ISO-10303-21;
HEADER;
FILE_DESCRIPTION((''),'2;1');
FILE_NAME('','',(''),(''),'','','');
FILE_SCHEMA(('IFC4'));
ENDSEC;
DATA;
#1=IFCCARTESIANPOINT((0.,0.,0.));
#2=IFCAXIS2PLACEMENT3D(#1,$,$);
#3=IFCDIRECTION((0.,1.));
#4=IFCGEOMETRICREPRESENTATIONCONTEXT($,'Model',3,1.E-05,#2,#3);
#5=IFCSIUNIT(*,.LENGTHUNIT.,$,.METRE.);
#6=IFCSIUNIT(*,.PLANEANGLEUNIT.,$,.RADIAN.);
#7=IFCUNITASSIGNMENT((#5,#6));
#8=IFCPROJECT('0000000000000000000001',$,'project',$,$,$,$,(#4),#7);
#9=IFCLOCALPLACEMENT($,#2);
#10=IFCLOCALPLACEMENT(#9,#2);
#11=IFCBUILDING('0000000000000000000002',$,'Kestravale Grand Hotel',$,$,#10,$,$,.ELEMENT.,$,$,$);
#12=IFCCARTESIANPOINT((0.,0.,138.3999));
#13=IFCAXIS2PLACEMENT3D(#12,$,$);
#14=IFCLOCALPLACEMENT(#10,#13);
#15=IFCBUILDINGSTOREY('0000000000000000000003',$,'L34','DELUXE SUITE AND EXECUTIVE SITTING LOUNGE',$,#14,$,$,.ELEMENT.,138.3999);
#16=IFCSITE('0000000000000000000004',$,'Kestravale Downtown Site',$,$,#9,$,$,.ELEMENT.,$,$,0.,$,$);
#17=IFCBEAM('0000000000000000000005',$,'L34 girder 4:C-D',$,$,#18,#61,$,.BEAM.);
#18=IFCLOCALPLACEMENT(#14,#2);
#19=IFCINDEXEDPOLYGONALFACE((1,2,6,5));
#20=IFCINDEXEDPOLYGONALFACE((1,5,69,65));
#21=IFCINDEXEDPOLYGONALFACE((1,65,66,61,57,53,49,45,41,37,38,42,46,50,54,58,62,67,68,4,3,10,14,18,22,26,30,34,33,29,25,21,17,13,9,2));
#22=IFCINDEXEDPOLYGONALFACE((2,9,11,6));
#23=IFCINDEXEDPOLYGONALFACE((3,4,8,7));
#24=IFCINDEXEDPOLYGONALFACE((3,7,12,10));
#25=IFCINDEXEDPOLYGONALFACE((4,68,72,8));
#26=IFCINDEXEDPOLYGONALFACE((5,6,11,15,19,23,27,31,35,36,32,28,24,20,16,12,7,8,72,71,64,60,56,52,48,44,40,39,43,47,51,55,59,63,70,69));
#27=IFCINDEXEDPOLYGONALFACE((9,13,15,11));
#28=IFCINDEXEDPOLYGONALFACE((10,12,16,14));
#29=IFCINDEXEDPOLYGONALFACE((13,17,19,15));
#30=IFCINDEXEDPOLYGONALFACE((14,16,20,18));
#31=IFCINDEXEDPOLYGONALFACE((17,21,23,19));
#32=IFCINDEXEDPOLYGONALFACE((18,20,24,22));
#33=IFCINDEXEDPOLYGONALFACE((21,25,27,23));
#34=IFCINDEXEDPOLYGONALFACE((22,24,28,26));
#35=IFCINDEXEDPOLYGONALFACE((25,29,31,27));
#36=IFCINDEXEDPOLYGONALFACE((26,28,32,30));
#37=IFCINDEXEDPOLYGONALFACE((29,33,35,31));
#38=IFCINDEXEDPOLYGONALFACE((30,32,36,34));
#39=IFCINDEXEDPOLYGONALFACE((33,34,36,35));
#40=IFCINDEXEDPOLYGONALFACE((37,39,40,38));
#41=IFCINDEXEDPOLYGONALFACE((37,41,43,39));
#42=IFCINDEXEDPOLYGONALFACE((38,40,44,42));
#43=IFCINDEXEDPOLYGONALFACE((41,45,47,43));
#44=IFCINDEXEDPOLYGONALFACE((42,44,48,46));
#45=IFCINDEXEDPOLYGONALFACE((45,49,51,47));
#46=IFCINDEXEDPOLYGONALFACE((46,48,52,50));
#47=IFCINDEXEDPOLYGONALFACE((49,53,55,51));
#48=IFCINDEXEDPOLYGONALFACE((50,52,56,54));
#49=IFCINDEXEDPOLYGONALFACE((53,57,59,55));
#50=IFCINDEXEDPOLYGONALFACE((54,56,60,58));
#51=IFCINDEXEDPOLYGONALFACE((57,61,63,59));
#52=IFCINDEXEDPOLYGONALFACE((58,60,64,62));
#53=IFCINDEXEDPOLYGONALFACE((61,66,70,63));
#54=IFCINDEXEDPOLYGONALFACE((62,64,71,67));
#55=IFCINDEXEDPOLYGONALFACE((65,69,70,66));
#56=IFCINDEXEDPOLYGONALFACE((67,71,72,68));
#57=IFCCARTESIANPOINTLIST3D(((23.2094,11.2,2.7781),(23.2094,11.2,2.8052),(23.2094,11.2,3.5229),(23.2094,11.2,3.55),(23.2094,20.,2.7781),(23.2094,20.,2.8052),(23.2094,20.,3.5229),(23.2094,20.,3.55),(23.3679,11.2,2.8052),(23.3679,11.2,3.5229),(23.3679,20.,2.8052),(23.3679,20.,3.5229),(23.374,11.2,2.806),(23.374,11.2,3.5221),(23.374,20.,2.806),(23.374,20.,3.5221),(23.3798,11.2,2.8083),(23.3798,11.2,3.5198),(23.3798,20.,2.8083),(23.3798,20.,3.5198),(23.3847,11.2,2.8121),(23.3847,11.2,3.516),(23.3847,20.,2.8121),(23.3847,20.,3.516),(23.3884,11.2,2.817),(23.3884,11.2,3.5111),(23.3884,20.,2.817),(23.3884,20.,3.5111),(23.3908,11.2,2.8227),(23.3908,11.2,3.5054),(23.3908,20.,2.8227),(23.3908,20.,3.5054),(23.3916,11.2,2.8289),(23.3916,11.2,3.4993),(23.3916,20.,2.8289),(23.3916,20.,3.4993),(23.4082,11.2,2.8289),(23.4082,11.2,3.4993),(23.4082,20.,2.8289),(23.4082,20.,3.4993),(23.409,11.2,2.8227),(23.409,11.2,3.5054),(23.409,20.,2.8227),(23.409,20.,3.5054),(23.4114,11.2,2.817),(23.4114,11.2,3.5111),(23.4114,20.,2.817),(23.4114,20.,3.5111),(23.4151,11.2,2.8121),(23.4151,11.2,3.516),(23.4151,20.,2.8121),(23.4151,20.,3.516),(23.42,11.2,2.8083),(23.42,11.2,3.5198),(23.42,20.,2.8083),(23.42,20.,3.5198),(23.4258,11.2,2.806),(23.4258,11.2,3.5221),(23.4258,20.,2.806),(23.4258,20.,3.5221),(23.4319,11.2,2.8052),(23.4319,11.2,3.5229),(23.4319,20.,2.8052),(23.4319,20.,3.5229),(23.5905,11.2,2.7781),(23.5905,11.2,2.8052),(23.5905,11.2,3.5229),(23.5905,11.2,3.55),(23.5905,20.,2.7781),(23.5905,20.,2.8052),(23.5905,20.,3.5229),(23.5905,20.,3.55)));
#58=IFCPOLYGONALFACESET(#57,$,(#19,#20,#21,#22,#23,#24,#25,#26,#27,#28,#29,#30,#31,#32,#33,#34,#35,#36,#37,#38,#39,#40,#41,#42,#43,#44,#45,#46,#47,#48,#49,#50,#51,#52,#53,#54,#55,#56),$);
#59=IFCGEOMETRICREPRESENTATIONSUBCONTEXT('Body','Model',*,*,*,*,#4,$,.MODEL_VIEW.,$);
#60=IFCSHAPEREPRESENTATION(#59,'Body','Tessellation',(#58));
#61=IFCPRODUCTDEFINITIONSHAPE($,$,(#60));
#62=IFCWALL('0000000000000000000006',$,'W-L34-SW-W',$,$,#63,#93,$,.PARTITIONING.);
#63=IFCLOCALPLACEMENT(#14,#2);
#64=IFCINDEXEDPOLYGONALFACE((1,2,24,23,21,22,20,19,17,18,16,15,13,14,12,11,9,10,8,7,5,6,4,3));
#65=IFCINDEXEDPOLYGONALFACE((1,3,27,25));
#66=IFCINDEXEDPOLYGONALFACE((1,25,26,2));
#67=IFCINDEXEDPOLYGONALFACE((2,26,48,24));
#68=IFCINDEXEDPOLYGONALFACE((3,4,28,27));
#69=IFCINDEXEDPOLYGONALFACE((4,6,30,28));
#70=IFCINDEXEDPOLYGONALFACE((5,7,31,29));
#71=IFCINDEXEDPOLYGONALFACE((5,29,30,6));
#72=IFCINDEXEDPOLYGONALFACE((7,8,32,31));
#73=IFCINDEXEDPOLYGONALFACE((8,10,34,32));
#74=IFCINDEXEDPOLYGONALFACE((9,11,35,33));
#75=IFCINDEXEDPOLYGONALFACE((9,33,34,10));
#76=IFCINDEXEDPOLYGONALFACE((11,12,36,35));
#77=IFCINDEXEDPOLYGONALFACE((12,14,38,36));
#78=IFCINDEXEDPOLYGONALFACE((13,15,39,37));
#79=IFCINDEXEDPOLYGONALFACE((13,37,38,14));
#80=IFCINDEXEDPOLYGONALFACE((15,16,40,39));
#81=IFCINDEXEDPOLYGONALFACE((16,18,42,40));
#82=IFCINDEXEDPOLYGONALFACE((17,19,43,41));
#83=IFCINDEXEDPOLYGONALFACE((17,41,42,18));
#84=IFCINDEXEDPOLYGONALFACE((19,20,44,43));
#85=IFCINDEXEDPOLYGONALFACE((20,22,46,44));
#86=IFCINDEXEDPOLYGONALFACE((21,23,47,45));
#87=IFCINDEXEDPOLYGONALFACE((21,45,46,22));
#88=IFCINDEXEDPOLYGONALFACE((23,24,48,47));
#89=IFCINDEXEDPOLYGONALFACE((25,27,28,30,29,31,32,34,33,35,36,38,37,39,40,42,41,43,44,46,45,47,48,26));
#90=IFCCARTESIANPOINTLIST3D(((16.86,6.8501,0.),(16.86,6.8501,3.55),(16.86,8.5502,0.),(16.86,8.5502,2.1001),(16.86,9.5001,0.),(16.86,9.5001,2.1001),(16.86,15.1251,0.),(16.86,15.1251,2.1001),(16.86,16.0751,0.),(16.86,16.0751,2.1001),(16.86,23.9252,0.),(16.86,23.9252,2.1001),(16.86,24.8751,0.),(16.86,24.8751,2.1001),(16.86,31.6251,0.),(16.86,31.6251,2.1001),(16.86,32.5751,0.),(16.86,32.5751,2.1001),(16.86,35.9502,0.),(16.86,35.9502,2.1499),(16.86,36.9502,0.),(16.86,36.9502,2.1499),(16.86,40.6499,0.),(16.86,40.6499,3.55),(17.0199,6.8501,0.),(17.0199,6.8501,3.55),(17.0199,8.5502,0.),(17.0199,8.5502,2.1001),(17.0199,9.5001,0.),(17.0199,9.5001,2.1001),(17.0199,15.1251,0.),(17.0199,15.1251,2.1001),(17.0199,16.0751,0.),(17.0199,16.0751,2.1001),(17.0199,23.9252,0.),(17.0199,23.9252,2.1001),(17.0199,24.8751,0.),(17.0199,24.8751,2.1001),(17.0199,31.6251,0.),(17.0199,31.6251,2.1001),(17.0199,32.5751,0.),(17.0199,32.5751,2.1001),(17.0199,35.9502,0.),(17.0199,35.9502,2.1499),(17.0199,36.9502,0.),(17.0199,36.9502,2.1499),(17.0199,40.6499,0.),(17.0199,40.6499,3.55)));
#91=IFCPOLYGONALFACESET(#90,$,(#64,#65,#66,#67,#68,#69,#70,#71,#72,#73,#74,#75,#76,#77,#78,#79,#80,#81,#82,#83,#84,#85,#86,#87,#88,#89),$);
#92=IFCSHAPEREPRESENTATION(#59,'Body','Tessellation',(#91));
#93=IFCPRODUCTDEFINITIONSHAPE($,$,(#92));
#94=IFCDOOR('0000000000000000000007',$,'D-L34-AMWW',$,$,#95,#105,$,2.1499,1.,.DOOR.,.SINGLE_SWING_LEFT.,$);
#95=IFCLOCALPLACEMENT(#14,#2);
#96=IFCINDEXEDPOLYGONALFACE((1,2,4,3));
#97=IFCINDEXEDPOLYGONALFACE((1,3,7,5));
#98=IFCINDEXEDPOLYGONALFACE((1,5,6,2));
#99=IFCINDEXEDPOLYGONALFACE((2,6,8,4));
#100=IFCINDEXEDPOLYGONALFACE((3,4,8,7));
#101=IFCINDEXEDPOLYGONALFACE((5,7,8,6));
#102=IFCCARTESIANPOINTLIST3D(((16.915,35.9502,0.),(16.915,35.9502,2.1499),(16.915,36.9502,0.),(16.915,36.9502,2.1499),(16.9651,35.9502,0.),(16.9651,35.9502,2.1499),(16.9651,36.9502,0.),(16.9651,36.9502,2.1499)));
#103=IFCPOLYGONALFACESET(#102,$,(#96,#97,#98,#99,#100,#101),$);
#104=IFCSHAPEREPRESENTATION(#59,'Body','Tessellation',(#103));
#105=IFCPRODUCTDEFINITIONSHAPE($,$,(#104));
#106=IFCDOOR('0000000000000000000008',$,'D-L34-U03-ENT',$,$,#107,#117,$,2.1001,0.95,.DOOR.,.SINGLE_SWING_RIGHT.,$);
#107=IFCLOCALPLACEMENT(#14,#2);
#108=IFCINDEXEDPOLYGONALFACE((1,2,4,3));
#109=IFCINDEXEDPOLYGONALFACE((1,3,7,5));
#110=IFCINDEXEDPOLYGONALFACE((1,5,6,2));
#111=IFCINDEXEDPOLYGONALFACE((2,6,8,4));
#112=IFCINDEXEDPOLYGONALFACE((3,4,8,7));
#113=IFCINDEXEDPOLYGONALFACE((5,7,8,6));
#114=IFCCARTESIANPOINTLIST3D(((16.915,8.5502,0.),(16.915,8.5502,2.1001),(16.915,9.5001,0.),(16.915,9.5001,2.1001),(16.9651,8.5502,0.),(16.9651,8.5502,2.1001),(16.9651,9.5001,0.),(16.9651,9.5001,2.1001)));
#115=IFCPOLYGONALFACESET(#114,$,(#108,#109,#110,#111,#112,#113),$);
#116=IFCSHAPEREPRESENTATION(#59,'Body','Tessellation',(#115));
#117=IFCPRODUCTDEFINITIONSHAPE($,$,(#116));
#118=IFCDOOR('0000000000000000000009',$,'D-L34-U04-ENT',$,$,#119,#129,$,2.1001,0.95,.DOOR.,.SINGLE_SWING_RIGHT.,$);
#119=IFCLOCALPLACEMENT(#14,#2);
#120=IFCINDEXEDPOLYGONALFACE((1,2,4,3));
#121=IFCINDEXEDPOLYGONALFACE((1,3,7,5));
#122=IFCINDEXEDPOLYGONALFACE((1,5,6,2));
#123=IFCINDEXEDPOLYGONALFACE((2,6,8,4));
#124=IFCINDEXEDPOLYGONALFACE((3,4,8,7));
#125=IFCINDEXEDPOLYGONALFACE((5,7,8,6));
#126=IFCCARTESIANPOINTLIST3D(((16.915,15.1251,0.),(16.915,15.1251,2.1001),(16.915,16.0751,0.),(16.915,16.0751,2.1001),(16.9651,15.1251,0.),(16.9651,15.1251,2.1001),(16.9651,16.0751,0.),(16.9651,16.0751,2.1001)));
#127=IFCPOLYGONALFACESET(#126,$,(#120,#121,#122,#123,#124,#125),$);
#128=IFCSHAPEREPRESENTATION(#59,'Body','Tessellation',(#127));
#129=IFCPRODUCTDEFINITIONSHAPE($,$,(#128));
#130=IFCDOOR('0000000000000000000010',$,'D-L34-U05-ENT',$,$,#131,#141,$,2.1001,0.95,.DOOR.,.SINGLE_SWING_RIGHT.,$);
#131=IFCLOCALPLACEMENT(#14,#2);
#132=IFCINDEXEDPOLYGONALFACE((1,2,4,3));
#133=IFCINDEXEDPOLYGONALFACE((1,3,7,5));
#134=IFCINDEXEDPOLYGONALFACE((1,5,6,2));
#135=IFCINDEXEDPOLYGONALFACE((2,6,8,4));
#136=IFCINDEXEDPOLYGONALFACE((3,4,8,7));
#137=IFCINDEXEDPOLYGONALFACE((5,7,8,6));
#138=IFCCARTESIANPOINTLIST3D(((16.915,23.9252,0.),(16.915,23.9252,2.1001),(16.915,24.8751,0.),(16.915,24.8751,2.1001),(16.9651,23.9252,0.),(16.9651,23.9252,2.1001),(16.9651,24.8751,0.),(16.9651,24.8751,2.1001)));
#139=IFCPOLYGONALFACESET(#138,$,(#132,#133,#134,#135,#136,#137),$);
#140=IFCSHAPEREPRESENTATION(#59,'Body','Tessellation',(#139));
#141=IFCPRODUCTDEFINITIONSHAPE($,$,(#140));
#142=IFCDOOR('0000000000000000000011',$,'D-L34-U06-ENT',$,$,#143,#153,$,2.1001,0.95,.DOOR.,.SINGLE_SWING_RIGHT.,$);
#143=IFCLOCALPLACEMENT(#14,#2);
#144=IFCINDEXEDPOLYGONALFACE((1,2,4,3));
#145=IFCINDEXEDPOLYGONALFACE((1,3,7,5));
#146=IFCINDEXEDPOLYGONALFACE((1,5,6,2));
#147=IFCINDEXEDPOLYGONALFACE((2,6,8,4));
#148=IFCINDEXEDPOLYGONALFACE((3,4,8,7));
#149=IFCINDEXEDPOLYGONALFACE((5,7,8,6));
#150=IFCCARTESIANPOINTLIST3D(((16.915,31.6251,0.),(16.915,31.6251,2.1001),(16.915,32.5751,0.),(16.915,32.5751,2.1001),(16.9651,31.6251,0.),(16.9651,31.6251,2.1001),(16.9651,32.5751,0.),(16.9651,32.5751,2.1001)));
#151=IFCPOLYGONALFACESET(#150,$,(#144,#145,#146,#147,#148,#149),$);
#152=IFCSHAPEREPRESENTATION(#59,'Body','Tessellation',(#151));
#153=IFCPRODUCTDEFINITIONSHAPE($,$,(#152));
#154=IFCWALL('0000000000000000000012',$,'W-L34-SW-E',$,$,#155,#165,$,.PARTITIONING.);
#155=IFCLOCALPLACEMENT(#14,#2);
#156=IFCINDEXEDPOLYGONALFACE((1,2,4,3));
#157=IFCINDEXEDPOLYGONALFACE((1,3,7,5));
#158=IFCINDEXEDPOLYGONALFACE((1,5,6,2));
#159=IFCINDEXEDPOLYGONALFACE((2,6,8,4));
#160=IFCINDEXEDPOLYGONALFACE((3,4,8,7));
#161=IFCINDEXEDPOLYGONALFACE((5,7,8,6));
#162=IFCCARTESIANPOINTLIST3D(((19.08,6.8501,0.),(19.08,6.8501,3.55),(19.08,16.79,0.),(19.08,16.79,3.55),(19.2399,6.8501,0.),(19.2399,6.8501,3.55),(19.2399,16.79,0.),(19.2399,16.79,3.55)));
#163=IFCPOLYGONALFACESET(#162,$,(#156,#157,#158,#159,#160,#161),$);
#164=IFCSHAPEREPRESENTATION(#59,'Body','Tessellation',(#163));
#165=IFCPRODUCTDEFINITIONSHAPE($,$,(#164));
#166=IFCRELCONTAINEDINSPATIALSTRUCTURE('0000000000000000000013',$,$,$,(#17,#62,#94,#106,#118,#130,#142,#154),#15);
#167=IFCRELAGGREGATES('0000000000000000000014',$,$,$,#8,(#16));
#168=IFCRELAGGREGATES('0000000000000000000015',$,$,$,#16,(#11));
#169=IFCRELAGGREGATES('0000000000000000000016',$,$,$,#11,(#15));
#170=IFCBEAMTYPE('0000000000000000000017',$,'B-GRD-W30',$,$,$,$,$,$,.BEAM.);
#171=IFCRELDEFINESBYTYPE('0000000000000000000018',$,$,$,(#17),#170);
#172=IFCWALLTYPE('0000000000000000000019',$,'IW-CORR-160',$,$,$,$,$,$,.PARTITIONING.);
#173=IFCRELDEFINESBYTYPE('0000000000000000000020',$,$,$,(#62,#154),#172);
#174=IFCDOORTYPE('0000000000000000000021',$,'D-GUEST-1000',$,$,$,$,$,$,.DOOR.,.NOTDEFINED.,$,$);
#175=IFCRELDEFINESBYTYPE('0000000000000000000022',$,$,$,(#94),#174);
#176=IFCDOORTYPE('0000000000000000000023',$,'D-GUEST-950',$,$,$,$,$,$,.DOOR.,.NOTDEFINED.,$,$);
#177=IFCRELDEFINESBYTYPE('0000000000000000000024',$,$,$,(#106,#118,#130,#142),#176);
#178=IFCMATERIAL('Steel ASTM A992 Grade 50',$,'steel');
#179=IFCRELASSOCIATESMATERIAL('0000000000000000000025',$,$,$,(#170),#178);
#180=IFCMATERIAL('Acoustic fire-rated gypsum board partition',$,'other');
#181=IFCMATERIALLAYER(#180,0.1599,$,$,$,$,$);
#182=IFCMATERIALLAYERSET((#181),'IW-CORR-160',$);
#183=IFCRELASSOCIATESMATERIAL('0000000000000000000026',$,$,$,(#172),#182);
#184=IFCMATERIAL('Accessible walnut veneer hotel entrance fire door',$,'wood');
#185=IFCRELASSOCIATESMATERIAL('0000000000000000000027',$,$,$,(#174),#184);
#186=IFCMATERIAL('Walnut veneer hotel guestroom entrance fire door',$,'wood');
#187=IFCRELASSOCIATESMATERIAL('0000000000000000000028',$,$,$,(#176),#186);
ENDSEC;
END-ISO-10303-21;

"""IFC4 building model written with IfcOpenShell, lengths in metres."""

from ifc_helpers import new_model, si_unit, direction, frame, frame_2d, origin, origin_2d, place, context, subcontext, project, spatial, rectangle, i_section, extrude, material, layer, layer_set, material_profile, profile_set, type_object, element, fill, save


model = new_model("IFC4")

# Units and contexts
model_context = context("Model", 3, precision=1e-05, world=origin(), true_north=direction((0.0, 1.0)))
body_context = subcontext(model_context, "Body", "Model", "MODEL_VIEW")
ifc_project = project(units=[si_unit("LENGTHUNIT", "METRE"), si_unit("PLANEANGLEUNIT", "RADIAN")], contexts=[model_context])

# Site, building, storey
site_placement = place(None, origin())
site = spatial("IfcSite", under=ifc_project, at=site_placement, Name="Kestravale Downtown Site", CompositionType="ELEMENT", RefElevation=0.0)
building_placement = place(site_placement, origin())
building = spatial("IfcBuilding", under=site, at=building_placement, Name="Kestravale Grand Hotel", CompositionType="ELEMENT")
storey_placement = place(building_placement, frame((0.0, 0.0, 138.3999)))
storey = spatial("IfcBuildingStorey", under=building, at=storey_placement, Name="L34", Description="DELUXE SUITE AND EXECUTIVE SITTING LOUNGE", CompositionType="ELEMENT", Elevation=138.3999)

# Beam
ifc_material_1 = material(Name="Steel ASTM A992 Grade 50", Category="steel")
ifc_material_profile_1 = material_profile(ifc_material_1, i_section(OverallWidth=0.3811, OverallDepth=0.772, WebThickness=0.0166, FlangeThickness=0.0271, FilletRadius=0.0237, at=origin_2d()))
ifc_profile_set_1 = profile_set([ifc_material_profile_1], Name="Steel ASTM A992 Grade 50")
beam_type_1 = type_object("IfcBeamType", Name="B-GRD-W30", PredefinedType="BEAM", material=ifc_profile_set_1)
beam_1_placement = place(storey_placement, frame((23.3999, 11.2, 3.1641), z_axis=(0.0, 1.0, 0.0), x_axis=(-1.0, 0.0, 0.0)))
element("IfcBeam", 1, at=beam_1_placement, inside=storey, type_object=beam_type_1, Name="L34 girder 4:C-D", PredefinedType="BEAM", context=body_context, shape_type="SweptSolid", body=[
    extrude(i_section(OverallWidth=0.3811, OverallDepth=0.772, WebThickness=0.0166, FlangeThickness=0.0271, FilletRadius=0.0237, at=origin_2d()), origin(), (0.0, 0.0, 1.0), 8.8),
])

# Wall, openings, doors
ifc_material_2 = material(Name="Acoustic fire-rated gypsum board partition", Category="other")
ifc_layer_1 = layer(ifc_material_2, 0.1599)
ifc_layer_set_1 = layer_set([ifc_layer_1], Name="IW-CORR-160")
wall_type_1 = type_object("IfcWallType", Name="IW-CORR-160", PredefinedType="PARTITIONING", material=ifc_layer_set_1)
wall_1_placement = place(storey_placement, frame((16.9399, 6.8501, 0.0), z_axis=(0.0, 0.0, 1.0), x_axis=(0.0, 1.0, 0.0)))
wall_1 = element("IfcWall", 2, at=wall_1_placement, inside=storey, type_object=wall_type_1, Name="W-L34-SW-W", PredefinedType="PARTITIONING", context=body_context, shape_type="SweptSolid", body=[
    extrude(rectangle(XDim=33.7998, YDim=0.1599, at=frame_2d((16.8999, 0.0))), origin(), (0.0, 0.0, 1.0), 3.55),
])
opening_1_placement = place(wall_1_placement, frame((1.7, 0.0, 0.0)))
opening_1 = element("IfcOpeningElement", 3, at=opening_1_placement, cuts=wall_1, PredefinedType="OPENING", context=body_context, shape_type="SweptSolid", body=[
    extrude(rectangle(XDim=0.95, YDim=2.1001, at=frame_2d((0.4751, 1.05))), frame((0.0, 0.0898, 0.0), z_axis=(0.0, -1.0, 0.0), x_axis=(1.0, 0.0, 0.0)), (0.0, 0.0, 1.0), 0.1799),
])
opening_2_placement = place(wall_1_placement, frame((8.2749, 0.0, 0.0)))
opening_2 = element("IfcOpeningElement", 4, at=opening_2_placement, cuts=wall_1, PredefinedType="OPENING", context=body_context, shape_type="SweptSolid", body=[
    extrude(rectangle(XDim=0.95, YDim=2.1001, at=frame_2d((0.4751, 1.05))), frame((0.0, 0.0898, 0.0), z_axis=(0.0, -1.0, 0.0), x_axis=(1.0, 0.0, 0.0)), (0.0, 0.0, 1.0), 0.1799),
])
opening_3_placement = place(wall_1_placement, frame((17.075, 0.0, 0.0)))
opening_3 = element("IfcOpeningElement", 5, at=opening_3_placement, cuts=wall_1, PredefinedType="OPENING", context=body_context, shape_type="SweptSolid", body=[
    extrude(rectangle(XDim=0.95, YDim=2.1001, at=frame_2d((0.4751, 1.05))), frame((0.0, 0.0898, 0.0), z_axis=(0.0, -1.0, 0.0), x_axis=(1.0, 0.0, 0.0)), (0.0, 0.0, 1.0), 0.1799),
])
opening_4_placement = place(wall_1_placement, frame((24.7749, 0.0, 0.0)))
opening_4 = element("IfcOpeningElement", 6, at=opening_4_placement, cuts=wall_1, PredefinedType="OPENING", context=body_context, shape_type="SweptSolid", body=[
    extrude(rectangle(XDim=0.95, YDim=2.1001, at=frame_2d((0.4751, 1.05))), frame((0.0, 0.0898, 0.0), z_axis=(0.0, -1.0, 0.0), x_axis=(1.0, 0.0, 0.0)), (0.0, 0.0, 1.0), 0.1799),
])
opening_5_placement = place(wall_1_placement, frame((29.1001, 0.0, 0.0)))
opening_5 = element("IfcOpeningElement", 7, at=opening_5_placement, cuts=wall_1, PredefinedType="OPENING", context=body_context, shape_type="SweptSolid", body=[
    extrude(rectangle(XDim=1.0, YDim=2.1499, at=frame_2d((0.5, 1.075))), frame((0.0, 0.0898, 0.0), z_axis=(0.0, -1.0, 0.0), x_axis=(1.0, 0.0, 0.0)), (0.0, 0.0, 1.0), 0.1799),
])
ifc_material_3 = material(Name="Accessible walnut veneer hotel entrance fire door", Category="wood")
door_type_1 = type_object("IfcDoorType", Name="D-GUEST-1000", OperationType="NOTDEFINED", PredefinedType="DOOR", material=ifc_material_3)
door_1_placement = place(opening_5_placement, origin())
door_1 = element("IfcDoor", 8, at=door_1_placement, inside=storey, type_object=door_type_1, Name="D-L34-AMWW", OperationType="SINGLE_SWING_LEFT", OverallHeight=2.1499, OverallWidth=1.0, PredefinedType="DOOR", context=body_context, shape_type="SweptSolid", body=[
    extrude(rectangle(XDim=1.0, YDim=2.1499, at=frame_2d((0.5, 1.075))), frame((0.0, 0.0249, 0.0), z_axis=(0.0, -1.0, 0.0), x_axis=(1.0, 0.0, 0.0)), (0.0, 0.0, 1.0), 0.05),
])
fill(opening_5, door_1)
ifc_material_4 = material(Name="Walnut veneer hotel guestroom entrance fire door", Category="wood")
door_type_2 = type_object("IfcDoorType", Name="D-GUEST-950", OperationType="NOTDEFINED", PredefinedType="DOOR", material=ifc_material_4)
door_2_placement = place(opening_1_placement, origin())
door_2 = element("IfcDoor", 9, at=door_2_placement, inside=storey, type_object=door_type_2, Name="D-L34-U03-ENT", OperationType="SINGLE_SWING_RIGHT", OverallHeight=2.1001, OverallWidth=0.95, PredefinedType="DOOR", context=body_context, shape_type="SweptSolid", body=[
    extrude(rectangle(XDim=0.95, YDim=2.1001, at=frame_2d((0.4751, 1.05))), frame((0.0, 0.0249, 0.0), z_axis=(0.0, -1.0, 0.0), x_axis=(1.0, 0.0, 0.0)), (0.0, 0.0, 1.0), 0.05),
])
fill(opening_1, door_2)
door_3_placement = place(opening_2_placement, origin())
door_3 = element("IfcDoor", 10, at=door_3_placement, inside=storey, type_object=door_type_2, Name="D-L34-U04-ENT", OperationType="SINGLE_SWING_RIGHT", OverallHeight=2.1001, OverallWidth=0.95, PredefinedType="DOOR", context=body_context, shape_type="SweptSolid", body=[
    extrude(rectangle(XDim=0.95, YDim=2.1001, at=frame_2d((0.4751, 1.05))), frame((0.0, 0.0249, 0.0), z_axis=(0.0, -1.0, 0.0), x_axis=(1.0, 0.0, 0.0)), (0.0, 0.0, 1.0), 0.05),
])
fill(opening_2, door_3)
door_4_placement = place(opening_3_placement, origin())
door_4 = element("IfcDoor", 11, at=door_4_placement, inside=storey, type_object=door_type_2, Name="D-L34-U05-ENT", OperationType="SINGLE_SWING_RIGHT", OverallHeight=2.1001, OverallWidth=0.95, PredefinedType="DOOR", context=body_context, shape_type="SweptSolid", body=[
    extrude(rectangle(XDim=0.95, YDim=2.1001, at=frame_2d((0.4751, 1.05))), frame((0.0, 0.0249, 0.0), z_axis=(0.0, -1.0, 0.0), x_axis=(1.0, 0.0, 0.0)), (0.0, 0.0, 1.0), 0.05),
])
fill(opening_3, door_4)
door_5_placement = place(opening_4_placement, origin())
door_5 = element("IfcDoor", 12, at=door_5_placement, inside=storey, type_object=door_type_2, Name="D-L34-U06-ENT", OperationType="SINGLE_SWING_RIGHT", OverallHeight=2.1001, OverallWidth=0.95, PredefinedType="DOOR", context=body_context, shape_type="SweptSolid", body=[
    extrude(rectangle(XDim=0.95, YDim=2.1001, at=frame_2d((0.4751, 1.05))), frame((0.0, 0.0249, 0.0), z_axis=(0.0, -1.0, 0.0), x_axis=(1.0, 0.0, 0.0)), (0.0, 0.0, 1.0), 0.05),
])
fill(opening_4, door_5)

# Wall
wall_2_placement = place(storey_placement, frame((19.1599, 6.8501, 0.0), z_axis=(0.0, 0.0, 1.0), x_axis=(0.0, 1.0, 0.0)))
element("IfcWall", 13, at=wall_2_placement, inside=storey, type_object=wall_type_1, Name="W-L34-SW-E", PredefinedType="PARTITIONING", context=body_context, shape_type="SweptSolid", body=[
    extrude(rectangle(XDim=9.9399, YDim=0.1599, at=frame_2d((4.97, 0.0))), origin(), (0.0, 0.0, 1.0), 3.55),
])

save(model, "model.ifc")
